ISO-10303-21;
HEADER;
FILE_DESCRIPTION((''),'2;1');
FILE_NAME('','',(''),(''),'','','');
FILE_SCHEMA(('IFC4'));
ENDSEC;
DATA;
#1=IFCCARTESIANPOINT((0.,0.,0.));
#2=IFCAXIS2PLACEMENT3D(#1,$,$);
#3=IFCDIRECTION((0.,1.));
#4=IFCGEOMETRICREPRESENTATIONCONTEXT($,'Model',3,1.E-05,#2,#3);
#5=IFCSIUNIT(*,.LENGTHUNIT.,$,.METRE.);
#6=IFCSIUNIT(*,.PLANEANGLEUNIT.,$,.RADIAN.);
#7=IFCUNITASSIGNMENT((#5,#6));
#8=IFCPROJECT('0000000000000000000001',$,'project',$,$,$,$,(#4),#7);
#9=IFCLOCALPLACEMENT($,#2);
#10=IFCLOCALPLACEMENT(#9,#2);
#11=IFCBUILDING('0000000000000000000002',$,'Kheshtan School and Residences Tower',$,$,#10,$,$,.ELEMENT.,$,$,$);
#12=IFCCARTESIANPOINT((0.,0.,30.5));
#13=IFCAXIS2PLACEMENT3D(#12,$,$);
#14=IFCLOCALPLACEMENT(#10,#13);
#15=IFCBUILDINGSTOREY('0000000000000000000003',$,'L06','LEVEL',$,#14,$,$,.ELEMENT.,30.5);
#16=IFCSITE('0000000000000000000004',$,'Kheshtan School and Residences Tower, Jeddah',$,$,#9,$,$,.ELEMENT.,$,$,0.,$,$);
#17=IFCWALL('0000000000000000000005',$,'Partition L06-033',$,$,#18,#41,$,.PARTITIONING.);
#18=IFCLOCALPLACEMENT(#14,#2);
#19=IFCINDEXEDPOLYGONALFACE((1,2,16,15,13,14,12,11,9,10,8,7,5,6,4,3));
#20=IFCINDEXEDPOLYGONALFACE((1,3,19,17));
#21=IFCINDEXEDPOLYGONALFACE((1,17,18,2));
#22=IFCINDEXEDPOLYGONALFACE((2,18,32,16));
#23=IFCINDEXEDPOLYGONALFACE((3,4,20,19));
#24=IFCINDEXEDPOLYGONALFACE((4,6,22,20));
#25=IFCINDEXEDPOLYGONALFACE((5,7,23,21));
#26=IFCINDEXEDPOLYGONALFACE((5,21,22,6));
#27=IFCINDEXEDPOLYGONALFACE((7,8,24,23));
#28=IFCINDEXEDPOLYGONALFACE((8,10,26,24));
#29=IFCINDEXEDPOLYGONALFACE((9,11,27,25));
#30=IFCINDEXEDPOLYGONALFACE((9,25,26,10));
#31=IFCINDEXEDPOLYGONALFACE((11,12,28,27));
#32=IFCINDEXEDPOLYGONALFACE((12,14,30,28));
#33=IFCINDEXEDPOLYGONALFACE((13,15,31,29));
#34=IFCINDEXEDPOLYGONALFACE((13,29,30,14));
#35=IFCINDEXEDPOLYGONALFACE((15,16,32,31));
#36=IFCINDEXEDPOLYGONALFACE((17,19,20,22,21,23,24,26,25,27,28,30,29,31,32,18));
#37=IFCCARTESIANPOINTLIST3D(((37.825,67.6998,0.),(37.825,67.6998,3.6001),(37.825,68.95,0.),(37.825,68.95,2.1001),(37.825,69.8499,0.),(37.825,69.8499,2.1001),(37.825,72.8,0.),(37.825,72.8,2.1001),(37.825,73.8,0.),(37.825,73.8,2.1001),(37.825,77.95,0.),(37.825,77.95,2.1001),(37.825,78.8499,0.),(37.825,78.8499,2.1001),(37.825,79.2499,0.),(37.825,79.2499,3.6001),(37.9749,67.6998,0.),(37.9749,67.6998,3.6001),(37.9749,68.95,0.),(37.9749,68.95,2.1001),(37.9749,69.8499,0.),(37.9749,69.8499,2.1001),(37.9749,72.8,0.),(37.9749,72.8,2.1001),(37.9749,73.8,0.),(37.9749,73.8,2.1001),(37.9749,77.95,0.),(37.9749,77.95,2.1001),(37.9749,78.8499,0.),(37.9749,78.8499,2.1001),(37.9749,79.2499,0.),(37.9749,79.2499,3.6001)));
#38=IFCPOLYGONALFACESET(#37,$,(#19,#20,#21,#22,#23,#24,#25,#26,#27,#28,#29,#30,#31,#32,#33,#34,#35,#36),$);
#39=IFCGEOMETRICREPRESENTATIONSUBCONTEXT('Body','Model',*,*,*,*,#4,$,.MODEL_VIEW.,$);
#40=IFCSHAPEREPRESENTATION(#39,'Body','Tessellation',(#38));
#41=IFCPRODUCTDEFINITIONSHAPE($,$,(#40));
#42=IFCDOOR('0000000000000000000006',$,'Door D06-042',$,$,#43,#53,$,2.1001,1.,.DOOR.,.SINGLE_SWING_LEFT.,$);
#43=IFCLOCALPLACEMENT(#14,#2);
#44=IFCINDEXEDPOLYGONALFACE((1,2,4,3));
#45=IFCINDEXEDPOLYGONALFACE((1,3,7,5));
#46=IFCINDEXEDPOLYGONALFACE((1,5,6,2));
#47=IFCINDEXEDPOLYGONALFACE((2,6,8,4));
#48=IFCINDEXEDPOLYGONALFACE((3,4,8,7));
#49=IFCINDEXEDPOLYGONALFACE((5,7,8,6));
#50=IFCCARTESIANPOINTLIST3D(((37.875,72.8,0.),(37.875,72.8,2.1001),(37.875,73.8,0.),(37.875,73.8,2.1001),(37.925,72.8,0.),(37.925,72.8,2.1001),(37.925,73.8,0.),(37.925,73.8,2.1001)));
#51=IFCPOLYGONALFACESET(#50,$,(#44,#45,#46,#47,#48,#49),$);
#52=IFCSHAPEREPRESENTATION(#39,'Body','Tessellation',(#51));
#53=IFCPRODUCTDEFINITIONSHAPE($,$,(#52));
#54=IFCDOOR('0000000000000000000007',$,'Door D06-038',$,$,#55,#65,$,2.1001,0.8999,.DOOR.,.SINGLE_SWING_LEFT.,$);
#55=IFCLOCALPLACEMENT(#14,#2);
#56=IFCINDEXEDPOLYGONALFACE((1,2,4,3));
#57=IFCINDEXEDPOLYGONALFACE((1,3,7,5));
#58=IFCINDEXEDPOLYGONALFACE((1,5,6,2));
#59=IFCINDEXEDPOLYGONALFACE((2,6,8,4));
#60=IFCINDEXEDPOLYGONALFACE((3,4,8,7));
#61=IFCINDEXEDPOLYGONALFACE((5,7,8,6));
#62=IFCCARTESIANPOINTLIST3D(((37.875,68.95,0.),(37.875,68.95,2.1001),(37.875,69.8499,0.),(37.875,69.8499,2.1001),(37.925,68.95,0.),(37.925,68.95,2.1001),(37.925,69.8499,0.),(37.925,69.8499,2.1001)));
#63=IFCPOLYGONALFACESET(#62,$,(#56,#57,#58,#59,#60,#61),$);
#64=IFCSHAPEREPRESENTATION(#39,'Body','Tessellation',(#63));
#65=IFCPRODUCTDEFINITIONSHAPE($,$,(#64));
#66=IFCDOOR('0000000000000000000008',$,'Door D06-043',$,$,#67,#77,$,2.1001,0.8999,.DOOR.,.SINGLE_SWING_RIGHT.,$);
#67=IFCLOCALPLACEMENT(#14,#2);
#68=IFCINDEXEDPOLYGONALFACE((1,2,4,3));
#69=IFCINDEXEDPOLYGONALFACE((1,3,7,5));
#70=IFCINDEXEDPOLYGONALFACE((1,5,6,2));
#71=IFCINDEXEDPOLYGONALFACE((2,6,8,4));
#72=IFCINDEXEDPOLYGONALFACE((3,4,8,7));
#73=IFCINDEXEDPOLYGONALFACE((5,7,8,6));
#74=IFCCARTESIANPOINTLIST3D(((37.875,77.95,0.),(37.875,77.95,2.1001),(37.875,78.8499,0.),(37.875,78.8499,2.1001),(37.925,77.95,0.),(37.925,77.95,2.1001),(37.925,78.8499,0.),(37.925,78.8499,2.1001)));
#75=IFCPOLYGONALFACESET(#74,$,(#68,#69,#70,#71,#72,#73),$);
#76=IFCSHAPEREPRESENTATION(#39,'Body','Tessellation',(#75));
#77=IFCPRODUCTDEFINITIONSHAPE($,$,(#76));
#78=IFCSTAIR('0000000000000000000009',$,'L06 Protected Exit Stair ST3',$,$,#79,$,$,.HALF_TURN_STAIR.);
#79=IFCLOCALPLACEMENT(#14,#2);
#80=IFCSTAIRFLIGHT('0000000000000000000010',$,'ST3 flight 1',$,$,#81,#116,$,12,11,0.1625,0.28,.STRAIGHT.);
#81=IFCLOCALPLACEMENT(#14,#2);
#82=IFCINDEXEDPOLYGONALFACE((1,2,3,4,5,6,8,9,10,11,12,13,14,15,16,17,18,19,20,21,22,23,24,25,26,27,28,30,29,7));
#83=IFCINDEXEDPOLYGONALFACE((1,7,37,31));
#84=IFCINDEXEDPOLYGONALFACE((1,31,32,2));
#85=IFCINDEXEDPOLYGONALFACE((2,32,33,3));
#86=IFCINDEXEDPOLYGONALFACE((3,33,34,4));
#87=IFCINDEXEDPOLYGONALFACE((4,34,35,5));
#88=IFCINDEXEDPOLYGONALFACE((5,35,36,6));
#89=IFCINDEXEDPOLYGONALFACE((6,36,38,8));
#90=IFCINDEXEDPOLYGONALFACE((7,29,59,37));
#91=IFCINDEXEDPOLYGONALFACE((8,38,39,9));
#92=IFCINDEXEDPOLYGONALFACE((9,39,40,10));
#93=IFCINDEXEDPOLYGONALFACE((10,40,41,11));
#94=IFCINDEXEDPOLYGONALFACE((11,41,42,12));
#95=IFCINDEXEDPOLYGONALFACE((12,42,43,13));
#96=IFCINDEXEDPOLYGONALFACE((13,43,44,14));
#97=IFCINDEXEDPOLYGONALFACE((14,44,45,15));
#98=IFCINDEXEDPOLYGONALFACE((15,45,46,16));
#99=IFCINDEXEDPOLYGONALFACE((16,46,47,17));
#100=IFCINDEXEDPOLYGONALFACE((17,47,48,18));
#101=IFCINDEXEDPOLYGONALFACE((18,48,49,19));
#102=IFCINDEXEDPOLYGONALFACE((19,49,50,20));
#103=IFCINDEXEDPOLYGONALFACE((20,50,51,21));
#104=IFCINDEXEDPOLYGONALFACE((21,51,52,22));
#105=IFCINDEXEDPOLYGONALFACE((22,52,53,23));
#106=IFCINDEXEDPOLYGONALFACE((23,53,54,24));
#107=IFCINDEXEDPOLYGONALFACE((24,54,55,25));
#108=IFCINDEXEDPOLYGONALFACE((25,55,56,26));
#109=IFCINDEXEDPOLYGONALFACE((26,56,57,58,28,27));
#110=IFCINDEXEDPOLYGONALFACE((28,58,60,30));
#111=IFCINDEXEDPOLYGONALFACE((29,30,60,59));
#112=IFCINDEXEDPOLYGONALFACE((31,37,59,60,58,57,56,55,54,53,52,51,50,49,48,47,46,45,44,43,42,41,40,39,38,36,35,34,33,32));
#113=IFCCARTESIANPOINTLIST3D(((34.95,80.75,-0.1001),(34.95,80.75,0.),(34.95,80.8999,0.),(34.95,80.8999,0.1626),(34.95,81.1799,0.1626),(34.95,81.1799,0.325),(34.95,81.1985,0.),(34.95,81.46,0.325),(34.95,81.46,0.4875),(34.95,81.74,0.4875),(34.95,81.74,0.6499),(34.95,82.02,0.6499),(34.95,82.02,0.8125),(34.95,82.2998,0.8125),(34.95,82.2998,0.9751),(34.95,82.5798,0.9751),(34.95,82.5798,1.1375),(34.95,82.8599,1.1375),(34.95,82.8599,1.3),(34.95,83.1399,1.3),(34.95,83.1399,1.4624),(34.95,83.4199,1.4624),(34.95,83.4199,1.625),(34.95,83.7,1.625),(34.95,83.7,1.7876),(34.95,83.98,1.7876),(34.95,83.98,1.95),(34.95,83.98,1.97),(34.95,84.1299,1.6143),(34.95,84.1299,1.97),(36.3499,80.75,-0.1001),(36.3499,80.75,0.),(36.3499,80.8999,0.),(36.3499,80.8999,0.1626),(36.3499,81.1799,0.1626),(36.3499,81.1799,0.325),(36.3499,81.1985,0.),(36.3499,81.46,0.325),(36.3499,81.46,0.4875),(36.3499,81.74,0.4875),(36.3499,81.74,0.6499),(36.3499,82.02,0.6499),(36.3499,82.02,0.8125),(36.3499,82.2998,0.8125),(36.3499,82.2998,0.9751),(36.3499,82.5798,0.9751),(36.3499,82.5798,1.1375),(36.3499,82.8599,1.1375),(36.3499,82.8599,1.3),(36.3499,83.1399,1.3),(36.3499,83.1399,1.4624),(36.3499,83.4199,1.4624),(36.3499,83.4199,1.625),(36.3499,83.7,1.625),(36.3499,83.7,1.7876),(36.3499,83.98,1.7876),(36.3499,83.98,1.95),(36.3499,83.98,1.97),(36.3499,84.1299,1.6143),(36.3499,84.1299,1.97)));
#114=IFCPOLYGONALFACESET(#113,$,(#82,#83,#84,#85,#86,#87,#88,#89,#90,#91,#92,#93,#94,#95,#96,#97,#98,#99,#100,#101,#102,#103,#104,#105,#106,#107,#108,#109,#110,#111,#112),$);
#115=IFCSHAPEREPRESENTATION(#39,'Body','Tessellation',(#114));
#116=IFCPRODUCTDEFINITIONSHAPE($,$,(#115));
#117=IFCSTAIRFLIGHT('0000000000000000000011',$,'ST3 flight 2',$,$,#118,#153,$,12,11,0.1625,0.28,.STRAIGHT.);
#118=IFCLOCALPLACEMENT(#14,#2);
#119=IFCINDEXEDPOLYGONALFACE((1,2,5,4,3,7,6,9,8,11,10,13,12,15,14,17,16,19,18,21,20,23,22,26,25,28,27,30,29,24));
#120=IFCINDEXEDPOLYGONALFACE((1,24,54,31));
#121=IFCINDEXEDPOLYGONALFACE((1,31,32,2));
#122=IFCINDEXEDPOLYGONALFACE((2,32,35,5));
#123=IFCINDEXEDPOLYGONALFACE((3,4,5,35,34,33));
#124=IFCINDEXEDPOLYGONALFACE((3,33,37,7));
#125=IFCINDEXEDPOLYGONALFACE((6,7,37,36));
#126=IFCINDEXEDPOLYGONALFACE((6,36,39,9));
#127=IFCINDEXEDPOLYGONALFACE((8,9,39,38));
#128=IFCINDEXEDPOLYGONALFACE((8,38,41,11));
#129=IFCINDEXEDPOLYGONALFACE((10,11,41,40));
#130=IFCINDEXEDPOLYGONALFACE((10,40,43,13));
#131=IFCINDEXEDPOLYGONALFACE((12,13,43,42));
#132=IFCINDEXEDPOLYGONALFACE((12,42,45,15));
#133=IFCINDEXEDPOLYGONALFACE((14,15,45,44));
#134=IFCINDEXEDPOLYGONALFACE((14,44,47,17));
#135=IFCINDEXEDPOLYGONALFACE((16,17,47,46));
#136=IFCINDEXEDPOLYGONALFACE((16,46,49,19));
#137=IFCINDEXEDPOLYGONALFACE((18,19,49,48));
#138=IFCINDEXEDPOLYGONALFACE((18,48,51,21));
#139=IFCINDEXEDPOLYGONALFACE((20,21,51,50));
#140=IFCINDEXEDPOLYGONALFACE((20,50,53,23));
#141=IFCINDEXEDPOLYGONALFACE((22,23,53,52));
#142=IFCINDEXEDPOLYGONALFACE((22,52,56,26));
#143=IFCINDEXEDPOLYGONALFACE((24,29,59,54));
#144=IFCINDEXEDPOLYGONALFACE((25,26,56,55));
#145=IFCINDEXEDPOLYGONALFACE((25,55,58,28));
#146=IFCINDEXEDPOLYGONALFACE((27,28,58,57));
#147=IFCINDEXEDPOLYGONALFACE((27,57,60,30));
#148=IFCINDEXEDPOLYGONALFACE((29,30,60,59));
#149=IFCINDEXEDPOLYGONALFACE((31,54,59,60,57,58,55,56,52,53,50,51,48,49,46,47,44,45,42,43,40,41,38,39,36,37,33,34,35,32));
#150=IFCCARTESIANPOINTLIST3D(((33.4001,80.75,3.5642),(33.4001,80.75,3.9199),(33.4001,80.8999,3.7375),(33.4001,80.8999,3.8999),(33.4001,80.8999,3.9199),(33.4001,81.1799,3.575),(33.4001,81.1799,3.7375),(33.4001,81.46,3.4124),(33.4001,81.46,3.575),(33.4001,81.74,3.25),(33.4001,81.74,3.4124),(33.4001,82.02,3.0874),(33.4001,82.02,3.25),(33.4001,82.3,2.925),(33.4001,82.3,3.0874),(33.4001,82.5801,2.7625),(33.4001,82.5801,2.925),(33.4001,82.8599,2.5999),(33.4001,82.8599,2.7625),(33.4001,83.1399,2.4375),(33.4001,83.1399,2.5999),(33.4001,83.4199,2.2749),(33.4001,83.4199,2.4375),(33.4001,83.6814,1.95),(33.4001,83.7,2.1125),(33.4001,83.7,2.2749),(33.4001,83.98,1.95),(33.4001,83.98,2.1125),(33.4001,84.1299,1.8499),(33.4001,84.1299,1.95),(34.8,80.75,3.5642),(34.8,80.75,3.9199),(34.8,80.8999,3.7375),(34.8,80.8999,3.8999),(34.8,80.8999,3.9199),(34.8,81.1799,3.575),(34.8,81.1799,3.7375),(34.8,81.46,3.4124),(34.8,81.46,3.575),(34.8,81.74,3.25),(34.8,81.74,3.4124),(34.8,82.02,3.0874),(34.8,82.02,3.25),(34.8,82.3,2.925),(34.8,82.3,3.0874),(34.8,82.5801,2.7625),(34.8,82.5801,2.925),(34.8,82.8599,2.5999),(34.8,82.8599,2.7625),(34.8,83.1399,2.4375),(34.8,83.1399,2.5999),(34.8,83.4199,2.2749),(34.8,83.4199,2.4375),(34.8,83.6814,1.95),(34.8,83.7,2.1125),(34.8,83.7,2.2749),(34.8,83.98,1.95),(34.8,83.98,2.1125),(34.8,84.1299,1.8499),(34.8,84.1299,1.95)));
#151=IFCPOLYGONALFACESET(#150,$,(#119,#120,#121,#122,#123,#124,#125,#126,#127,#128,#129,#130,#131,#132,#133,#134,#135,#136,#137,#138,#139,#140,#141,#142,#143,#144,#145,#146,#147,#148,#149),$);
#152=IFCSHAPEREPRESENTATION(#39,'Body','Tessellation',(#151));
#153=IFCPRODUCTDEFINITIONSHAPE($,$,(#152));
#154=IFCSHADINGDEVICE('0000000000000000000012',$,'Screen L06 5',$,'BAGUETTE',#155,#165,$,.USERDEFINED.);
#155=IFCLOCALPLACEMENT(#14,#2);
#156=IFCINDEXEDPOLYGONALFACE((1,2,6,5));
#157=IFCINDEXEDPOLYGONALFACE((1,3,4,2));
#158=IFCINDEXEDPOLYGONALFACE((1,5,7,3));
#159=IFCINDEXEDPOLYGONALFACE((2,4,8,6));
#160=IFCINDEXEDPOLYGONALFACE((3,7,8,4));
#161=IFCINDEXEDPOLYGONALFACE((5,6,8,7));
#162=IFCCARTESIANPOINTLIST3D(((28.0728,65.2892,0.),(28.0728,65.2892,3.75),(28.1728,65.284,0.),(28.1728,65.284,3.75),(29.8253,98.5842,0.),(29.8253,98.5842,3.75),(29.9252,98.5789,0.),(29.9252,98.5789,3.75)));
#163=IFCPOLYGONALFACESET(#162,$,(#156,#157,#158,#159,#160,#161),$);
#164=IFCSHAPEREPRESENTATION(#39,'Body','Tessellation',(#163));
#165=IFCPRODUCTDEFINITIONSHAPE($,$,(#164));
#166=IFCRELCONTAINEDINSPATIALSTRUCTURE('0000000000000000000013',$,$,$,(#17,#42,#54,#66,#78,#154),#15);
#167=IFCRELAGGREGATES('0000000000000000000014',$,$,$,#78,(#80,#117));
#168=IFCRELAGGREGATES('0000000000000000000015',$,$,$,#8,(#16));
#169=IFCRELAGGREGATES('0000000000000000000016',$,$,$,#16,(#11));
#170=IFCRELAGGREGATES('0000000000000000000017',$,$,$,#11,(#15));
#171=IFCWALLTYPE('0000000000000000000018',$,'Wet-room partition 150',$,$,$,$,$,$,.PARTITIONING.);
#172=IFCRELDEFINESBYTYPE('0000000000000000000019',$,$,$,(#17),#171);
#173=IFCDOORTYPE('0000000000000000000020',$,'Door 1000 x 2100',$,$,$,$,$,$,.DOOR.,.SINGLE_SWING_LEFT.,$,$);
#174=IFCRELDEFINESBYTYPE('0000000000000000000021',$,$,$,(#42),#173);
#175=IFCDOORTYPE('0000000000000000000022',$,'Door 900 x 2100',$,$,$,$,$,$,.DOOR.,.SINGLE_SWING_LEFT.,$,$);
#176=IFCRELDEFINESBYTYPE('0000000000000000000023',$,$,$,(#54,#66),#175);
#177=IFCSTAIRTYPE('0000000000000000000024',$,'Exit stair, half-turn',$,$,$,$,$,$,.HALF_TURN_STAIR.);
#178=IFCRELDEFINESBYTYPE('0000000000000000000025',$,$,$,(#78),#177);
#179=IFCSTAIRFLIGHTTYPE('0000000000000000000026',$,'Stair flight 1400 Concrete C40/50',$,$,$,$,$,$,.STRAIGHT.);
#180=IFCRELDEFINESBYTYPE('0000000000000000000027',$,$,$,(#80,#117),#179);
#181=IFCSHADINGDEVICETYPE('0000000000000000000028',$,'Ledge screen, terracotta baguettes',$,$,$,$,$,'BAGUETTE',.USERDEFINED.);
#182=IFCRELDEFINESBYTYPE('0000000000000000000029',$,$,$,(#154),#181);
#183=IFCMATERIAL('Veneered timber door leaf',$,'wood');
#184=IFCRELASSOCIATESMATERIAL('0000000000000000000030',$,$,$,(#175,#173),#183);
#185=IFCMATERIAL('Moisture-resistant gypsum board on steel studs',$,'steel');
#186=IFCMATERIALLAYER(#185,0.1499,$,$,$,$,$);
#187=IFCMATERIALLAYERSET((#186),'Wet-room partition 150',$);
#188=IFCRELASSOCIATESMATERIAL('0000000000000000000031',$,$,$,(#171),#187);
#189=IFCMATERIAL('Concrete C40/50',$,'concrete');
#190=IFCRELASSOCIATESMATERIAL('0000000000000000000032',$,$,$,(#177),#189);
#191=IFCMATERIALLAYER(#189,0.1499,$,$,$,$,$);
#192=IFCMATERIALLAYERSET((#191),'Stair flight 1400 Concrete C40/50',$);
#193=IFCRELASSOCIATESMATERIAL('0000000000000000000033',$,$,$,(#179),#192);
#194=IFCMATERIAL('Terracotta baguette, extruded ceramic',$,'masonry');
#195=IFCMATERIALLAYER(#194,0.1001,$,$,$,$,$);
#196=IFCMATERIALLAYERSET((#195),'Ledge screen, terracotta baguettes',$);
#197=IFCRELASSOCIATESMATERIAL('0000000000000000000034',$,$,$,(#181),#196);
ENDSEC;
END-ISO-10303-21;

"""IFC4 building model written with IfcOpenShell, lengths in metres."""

from ifc_helpers import new_model, si_unit, direction, frame, frame_2d, origin, origin_2d, place, context, subcontext, project, spatial, polyline, rectangle, outline, extrude, source, transform, mapped, material, layer, layer_set, type_object, element, fill, aggregate, save


model = new_model("IFC4")

# Units and contexts
model_context = context("Model", 3, precision=1e-05, world=origin(), true_north=direction((0.0, 1.0)))
body_context = subcontext(model_context, "Body", "Model", "MODEL_VIEW")
ifc_project = project(units=[si_unit("LENGTHUNIT", "METRE"), si_unit("PLANEANGLEUNIT", "RADIAN")], contexts=[model_context])

# Site, building, storey
site_placement = place(None, origin())
site = spatial("IfcSite", under=ifc_project, at=site_placement, Name="Kheshtan School and Residences Tower, Jeddah", CompositionType="ELEMENT", RefElevation=0.0)
building_placement = place(site_placement, origin())
building = spatial("IfcBuilding", under=site, at=building_placement, Name="Kheshtan School and Residences Tower", CompositionType="ELEMENT")
storey_placement = place(building_placement, frame((0.0, 0.0, 30.5)))
storey = spatial("IfcBuildingStorey", under=building, at=storey_placement, Name="L06", Description="LEVEL", CompositionType="ELEMENT", Elevation=30.5)

# Shared definitions
ifc_material_1 = material(Name="Veneered timber door leaf", Category="wood")
door_type_1 = type_object("IfcDoorType", Name="Door 900 x 2100", OperationType="SINGLE_SWING_LEFT", PredefinedType="DOOR", material=ifc_material_1)
shared_shape_1 = source(origin(), body_context, "Body", "SweptSolid", [
    extrude(rectangle(XDim=0.8999, YDim=2.1001, at=frame_2d((0.45, 1.05))), frame((0.0, 0.0249, 0.0), z_axis=(0.0, -1.0, 0.0), x_axis=(1.0, 0.0, 0.0)), (0.0, 0.0, 1.0), 0.05),
])

# Shared definitions
ifc_material_2 = material(Name="Concrete C40/50", Category="concrete")

# Shared definitions
ifc_material_3 = material(Name="Moisture-resistant gypsum board on steel studs", Category="steel")
ifc_layer_1 = layer(ifc_material_3, 0.1499)
ifc_layer_set_1 = layer_set([ifc_layer_1], Name="Wet-room partition 150")
wall_type_1 = type_object("IfcWallType", Name="Wet-room partition 150", PredefinedType="PARTITIONING", material=ifc_layer_set_1)

# Wall, openings, doors
wall_1_placement = place(storey_placement, frame((37.8999, 67.7, 0.0), z_axis=(0.0, 0.0, 1.0), x_axis=(0.0, 1.0, 0.0)))
wall_1 = element("IfcWall", 1, at=wall_1_placement, inside=storey, type_object=wall_type_1, Name="Partition L06-033", PredefinedType="PARTITIONING", context=body_context, shape_type="SweptSolid", body=[
    extrude(rectangle(XDim=11.55, YDim=0.1499, at=frame_2d((5.7749, 0.0))), origin(), (0.0, 0.0, 1.0), 3.6001),
])
opening_1_placement = place(wall_1_placement, frame((1.25, 0.0, 0.0)))
opening_1 = element("IfcOpeningElement", 2, at=opening_1_placement, cuts=wall_1, PredefinedType="OPENING", context=body_context, shape_type="SweptSolid", body=[
    extrude(rectangle(XDim=0.8999, YDim=2.1001, at=frame_2d((0.45, 1.05))), frame((0.0, 0.085, 0.0), z_axis=(0.0, -1.0, 0.0), x_axis=(1.0, 0.0, 0.0)), (0.0, 0.0, 1.0), 0.1699),
])
opening_2_placement = place(wall_1_placement, frame((5.1001, 0.0, 0.0)))
opening_2 = element("IfcOpeningElement", 3, at=opening_2_placement, cuts=wall_1, PredefinedType="OPENING", context=body_context, shape_type="SweptSolid", body=[
    extrude(rectangle(XDim=1.0, YDim=2.1001, at=frame_2d((0.5, 1.05))), frame((0.0, 0.085, 0.0), z_axis=(0.0, -1.0, 0.0), x_axis=(1.0, 0.0, 0.0)), (0.0, 0.0, 1.0), 0.1699),
])
opening_3_placement = place(wall_1_placement, frame((10.25, 0.0, 0.0)))
opening_3 = element("IfcOpeningElement", 4, at=opening_3_placement, cuts=wall_1, PredefinedType="OPENING", context=body_context, shape_type="SweptSolid", body=[
    extrude(rectangle(XDim=0.8999, YDim=2.1001, at=frame_2d((0.45, 1.05))), frame((0.0, 0.085, 0.0), z_axis=(0.0, -1.0, 0.0), x_axis=(1.0, 0.0, 0.0)), (0.0, 0.0, 1.0), 0.1699),
])
door_type_2 = type_object("IfcDoorType", Name="Door 1000 x 2100", OperationType="SINGLE_SWING_LEFT", PredefinedType="DOOR", material=ifc_material_1)
shared_shape_2 = source(origin(), body_context, "Body", "SweptSolid", [
    extrude(rectangle(XDim=1.0, YDim=2.1001, at=frame_2d((0.5, 1.05))), frame((0.0, 0.0249, 0.0), z_axis=(0.0, -1.0, 0.0), x_axis=(1.0, 0.0, 0.0)), (0.0, 0.0, 1.0), 0.05),
])
door_1_placement = place(opening_2_placement, origin())
door_1 = element("IfcDoor", 5, at=door_1_placement, inside=storey, type_object=door_type_2, Name="Door D06-042", OperationType="SINGLE_SWING_LEFT", OverallHeight=2.1001, OverallWidth=1.0, PredefinedType="DOOR", context=body_context, shape_type="MappedRepresentation", body=[
    mapped(shared_shape_2, transform((0.0, 0.0, 0.0), x_axis=(1.0, 0.0, 0.0), y_axis=(0.0, 1.0, 0.0), z_axis=(0.0, 0.0, 1.0), scale=1.0)),
])
fill(opening_2, door_1)
door_2_placement = place(opening_1_placement, origin())
door_2 = element("IfcDoor", 6, at=door_2_placement, inside=storey, type_object=door_type_1, Name="Door D06-038", OperationType="SINGLE_SWING_LEFT", OverallHeight=2.1001, OverallWidth=0.8999, PredefinedType="DOOR", context=body_context, shape_type="MappedRepresentation", body=[
    mapped(shared_shape_1, transform((0.0, 0.0, 0.0), x_axis=(1.0, 0.0, 0.0), y_axis=(0.0, 1.0, 0.0), z_axis=(0.0, 0.0, 1.0), scale=1.0)),
])
fill(opening_1, door_2)
door_3_placement = place(opening_3_placement, origin())
door_3 = element("IfcDoor", 7, at=door_3_placement, inside=storey, type_object=door_type_1, Name="Door D06-043", OperationType="SINGLE_SWING_RIGHT", OverallHeight=2.1001, OverallWidth=0.8999, PredefinedType="DOOR", context=body_context, shape_type="MappedRepresentation", body=[
    mapped(shared_shape_1, transform((0.0, 0.0, 0.0), x_axis=(1.0, 0.0, 0.0), y_axis=(0.0, 1.0, 0.0), z_axis=(0.0, 0.0, 1.0), scale=1.0)),
])
fill(opening_3, door_3)

# Stair, stair flights
stair_type = type_object("IfcStairType", Name="Exit stair, half-turn", PredefinedType="HALF_TURN_STAIR", material=ifc_material_2)
stair_placement = place(storey_placement, origin())
stair = element("IfcStair", 8, at=stair_placement, inside=storey, type_object=stair_type, Name="L06 Protected Exit Stair ST3", PredefinedType="HALF_TURN_STAIR")
ifc_layer_2 = layer(ifc_material_2, 0.1499)
ifc_layer_set_2 = layer_set([ifc_layer_2], Name="Stair flight 1400 Concrete C40/50")
stair_flight_type = type_object("IfcStairFlightType", Name="Stair flight 1400 Concrete C40/50", PredefinedType="STRAIGHT", material=ifc_layer_set_2)
stair_flight_1_placement = place(storey_placement, frame((35.6499, 80.8999, 0.0), z_axis=(0.0, 0.0, 1.0), x_axis=(0.0, 1.0, 0.0)))
stair_flight_1 = element("IfcStairFlight", 9, at=stair_flight_1_placement, type_object=stair_flight_type, Name="ST3 flight 1", NumberOfRisers=12, NumberOfTreads=11, PredefinedType="STRAIGHT", RiserHeight=0.1625, TreadLength=0.28, context=body_context, shape_type="SweptSolid", body=[
    extrude(outline(polyline([(-0.1499, -0.1001), (-0.1499, 0.0), (0.0, 0.0), (0.0, 0.1626), (0.28, 0.1626), (0.28, 0.325), (0.5601, 0.325), (0.5601, 0.4875), (0.8401, 0.4875), (0.8401, 0.6499), (1.1201, 0.6499), (1.1201, 0.8125), (1.3999, 0.8125), (1.3999, 0.9751), (1.6799, 0.9751), (1.6799, 1.1375), (1.96, 1.1375), (1.96, 1.3), (2.24, 1.3), (2.24, 1.4624), (2.52, 1.4624), (2.52, 1.625), (2.8, 1.625), (2.8, 1.7876), (3.0801, 1.7876), (3.0801, 1.95), (3.0801, 1.97), (3.23, 1.97), (3.23, 1.6143), (0.2986, 0.0), (-0.1499, -0.1001)])), frame((0.0, 0.7, 0.0), z_axis=(0.0, -1.0, 0.0), x_axis=(1.0, 0.0, 0.0)), (0.0, 0.0, 1.0), 1.3999),
])
stair_flight_2_placement = place(storey_placement, frame((34.1001, 83.98, 1.95), z_axis=(0.0, 0.0, 1.0), x_axis=(0.0, -1.0, 0.0)))
stair_flight_2 = element("IfcStairFlight", 10, at=stair_flight_2_placement, type_object=stair_flight_type, Name="ST3 flight 2", NumberOfRisers=12, NumberOfTreads=11, PredefinedType="STRAIGHT", RiserHeight=0.1625, TreadLength=0.28, context=body_context, shape_type="SweptSolid", body=[
    extrude(outline(polyline([(-0.1499, -0.1001), (-0.1499, 0.0), (0.0, 0.0), (0.0, 0.1626), (0.28, 0.1626), (0.28, 0.325), (0.5601, 0.325), (0.5601, 0.4875), (0.8401, 0.4875), (0.8401, 0.6499), (1.1201, 0.6499), (1.1201, 0.8125), (1.3999, 0.8125), (1.3999, 0.9751), (1.6799, 0.9751), (1.6799, 1.1375), (1.96, 1.1375), (1.96, 1.3), (2.24, 1.3), (2.24, 1.4624), (2.52, 1.4624), (2.52, 1.625), (2.8, 1.625), (2.8, 1.7876), (3.0801, 1.7876), (3.0801, 1.95), (3.0801, 1.97), (3.23, 1.97), (3.23, 1.6143), (0.2986, 0.0), (-0.1499, -0.1001)])), frame((0.0, 0.7, 0.0), z_axis=(0.0, -1.0, 0.0), x_axis=(1.0, 0.0, 0.0)), (0.0, 0.0, 1.0), 1.3999),
])
aggregate(stair, [stair_flight_1, stair_flight_2])

# Shading device
ifc_material_4 = material(Name="Terracotta baguette, extruded ceramic", Category="masonry")
ifc_layer_3 = layer(ifc_material_4, 0.1001)
ifc_layer_set_3 = layer_set([ifc_layer_3], Name="Ledge screen, terracotta baguettes")
shading_device_type = type_object("IfcShadingDeviceType", Name="Ledge screen, terracotta baguettes", ElementType="BAGUETTE", PredefinedType="USERDEFINED", material=ifc_layer_set_3)
shading_device_placement = place(storey_placement, frame((28.999, 81.9341, 0.0), z_axis=(0.0, 0.0, 1.0), x_axis=(0.052563, 0.998618, 0.0)))
element("IfcShadingDevice", 11, at=shading_device_placement, inside=storey, type_object=shading_device_type, Name="Screen L06 5", ObjectType="BAGUETTE", PredefinedType="USERDEFINED", context=body_context, shape_type="SweptSolid", body=[
    extrude(rectangle(XDim=33.3411, YDim=0.1001, at=origin_2d()), origin(), (0.0, 0.0, 1.0), 3.75),
])

save(model, "model.ifc")
